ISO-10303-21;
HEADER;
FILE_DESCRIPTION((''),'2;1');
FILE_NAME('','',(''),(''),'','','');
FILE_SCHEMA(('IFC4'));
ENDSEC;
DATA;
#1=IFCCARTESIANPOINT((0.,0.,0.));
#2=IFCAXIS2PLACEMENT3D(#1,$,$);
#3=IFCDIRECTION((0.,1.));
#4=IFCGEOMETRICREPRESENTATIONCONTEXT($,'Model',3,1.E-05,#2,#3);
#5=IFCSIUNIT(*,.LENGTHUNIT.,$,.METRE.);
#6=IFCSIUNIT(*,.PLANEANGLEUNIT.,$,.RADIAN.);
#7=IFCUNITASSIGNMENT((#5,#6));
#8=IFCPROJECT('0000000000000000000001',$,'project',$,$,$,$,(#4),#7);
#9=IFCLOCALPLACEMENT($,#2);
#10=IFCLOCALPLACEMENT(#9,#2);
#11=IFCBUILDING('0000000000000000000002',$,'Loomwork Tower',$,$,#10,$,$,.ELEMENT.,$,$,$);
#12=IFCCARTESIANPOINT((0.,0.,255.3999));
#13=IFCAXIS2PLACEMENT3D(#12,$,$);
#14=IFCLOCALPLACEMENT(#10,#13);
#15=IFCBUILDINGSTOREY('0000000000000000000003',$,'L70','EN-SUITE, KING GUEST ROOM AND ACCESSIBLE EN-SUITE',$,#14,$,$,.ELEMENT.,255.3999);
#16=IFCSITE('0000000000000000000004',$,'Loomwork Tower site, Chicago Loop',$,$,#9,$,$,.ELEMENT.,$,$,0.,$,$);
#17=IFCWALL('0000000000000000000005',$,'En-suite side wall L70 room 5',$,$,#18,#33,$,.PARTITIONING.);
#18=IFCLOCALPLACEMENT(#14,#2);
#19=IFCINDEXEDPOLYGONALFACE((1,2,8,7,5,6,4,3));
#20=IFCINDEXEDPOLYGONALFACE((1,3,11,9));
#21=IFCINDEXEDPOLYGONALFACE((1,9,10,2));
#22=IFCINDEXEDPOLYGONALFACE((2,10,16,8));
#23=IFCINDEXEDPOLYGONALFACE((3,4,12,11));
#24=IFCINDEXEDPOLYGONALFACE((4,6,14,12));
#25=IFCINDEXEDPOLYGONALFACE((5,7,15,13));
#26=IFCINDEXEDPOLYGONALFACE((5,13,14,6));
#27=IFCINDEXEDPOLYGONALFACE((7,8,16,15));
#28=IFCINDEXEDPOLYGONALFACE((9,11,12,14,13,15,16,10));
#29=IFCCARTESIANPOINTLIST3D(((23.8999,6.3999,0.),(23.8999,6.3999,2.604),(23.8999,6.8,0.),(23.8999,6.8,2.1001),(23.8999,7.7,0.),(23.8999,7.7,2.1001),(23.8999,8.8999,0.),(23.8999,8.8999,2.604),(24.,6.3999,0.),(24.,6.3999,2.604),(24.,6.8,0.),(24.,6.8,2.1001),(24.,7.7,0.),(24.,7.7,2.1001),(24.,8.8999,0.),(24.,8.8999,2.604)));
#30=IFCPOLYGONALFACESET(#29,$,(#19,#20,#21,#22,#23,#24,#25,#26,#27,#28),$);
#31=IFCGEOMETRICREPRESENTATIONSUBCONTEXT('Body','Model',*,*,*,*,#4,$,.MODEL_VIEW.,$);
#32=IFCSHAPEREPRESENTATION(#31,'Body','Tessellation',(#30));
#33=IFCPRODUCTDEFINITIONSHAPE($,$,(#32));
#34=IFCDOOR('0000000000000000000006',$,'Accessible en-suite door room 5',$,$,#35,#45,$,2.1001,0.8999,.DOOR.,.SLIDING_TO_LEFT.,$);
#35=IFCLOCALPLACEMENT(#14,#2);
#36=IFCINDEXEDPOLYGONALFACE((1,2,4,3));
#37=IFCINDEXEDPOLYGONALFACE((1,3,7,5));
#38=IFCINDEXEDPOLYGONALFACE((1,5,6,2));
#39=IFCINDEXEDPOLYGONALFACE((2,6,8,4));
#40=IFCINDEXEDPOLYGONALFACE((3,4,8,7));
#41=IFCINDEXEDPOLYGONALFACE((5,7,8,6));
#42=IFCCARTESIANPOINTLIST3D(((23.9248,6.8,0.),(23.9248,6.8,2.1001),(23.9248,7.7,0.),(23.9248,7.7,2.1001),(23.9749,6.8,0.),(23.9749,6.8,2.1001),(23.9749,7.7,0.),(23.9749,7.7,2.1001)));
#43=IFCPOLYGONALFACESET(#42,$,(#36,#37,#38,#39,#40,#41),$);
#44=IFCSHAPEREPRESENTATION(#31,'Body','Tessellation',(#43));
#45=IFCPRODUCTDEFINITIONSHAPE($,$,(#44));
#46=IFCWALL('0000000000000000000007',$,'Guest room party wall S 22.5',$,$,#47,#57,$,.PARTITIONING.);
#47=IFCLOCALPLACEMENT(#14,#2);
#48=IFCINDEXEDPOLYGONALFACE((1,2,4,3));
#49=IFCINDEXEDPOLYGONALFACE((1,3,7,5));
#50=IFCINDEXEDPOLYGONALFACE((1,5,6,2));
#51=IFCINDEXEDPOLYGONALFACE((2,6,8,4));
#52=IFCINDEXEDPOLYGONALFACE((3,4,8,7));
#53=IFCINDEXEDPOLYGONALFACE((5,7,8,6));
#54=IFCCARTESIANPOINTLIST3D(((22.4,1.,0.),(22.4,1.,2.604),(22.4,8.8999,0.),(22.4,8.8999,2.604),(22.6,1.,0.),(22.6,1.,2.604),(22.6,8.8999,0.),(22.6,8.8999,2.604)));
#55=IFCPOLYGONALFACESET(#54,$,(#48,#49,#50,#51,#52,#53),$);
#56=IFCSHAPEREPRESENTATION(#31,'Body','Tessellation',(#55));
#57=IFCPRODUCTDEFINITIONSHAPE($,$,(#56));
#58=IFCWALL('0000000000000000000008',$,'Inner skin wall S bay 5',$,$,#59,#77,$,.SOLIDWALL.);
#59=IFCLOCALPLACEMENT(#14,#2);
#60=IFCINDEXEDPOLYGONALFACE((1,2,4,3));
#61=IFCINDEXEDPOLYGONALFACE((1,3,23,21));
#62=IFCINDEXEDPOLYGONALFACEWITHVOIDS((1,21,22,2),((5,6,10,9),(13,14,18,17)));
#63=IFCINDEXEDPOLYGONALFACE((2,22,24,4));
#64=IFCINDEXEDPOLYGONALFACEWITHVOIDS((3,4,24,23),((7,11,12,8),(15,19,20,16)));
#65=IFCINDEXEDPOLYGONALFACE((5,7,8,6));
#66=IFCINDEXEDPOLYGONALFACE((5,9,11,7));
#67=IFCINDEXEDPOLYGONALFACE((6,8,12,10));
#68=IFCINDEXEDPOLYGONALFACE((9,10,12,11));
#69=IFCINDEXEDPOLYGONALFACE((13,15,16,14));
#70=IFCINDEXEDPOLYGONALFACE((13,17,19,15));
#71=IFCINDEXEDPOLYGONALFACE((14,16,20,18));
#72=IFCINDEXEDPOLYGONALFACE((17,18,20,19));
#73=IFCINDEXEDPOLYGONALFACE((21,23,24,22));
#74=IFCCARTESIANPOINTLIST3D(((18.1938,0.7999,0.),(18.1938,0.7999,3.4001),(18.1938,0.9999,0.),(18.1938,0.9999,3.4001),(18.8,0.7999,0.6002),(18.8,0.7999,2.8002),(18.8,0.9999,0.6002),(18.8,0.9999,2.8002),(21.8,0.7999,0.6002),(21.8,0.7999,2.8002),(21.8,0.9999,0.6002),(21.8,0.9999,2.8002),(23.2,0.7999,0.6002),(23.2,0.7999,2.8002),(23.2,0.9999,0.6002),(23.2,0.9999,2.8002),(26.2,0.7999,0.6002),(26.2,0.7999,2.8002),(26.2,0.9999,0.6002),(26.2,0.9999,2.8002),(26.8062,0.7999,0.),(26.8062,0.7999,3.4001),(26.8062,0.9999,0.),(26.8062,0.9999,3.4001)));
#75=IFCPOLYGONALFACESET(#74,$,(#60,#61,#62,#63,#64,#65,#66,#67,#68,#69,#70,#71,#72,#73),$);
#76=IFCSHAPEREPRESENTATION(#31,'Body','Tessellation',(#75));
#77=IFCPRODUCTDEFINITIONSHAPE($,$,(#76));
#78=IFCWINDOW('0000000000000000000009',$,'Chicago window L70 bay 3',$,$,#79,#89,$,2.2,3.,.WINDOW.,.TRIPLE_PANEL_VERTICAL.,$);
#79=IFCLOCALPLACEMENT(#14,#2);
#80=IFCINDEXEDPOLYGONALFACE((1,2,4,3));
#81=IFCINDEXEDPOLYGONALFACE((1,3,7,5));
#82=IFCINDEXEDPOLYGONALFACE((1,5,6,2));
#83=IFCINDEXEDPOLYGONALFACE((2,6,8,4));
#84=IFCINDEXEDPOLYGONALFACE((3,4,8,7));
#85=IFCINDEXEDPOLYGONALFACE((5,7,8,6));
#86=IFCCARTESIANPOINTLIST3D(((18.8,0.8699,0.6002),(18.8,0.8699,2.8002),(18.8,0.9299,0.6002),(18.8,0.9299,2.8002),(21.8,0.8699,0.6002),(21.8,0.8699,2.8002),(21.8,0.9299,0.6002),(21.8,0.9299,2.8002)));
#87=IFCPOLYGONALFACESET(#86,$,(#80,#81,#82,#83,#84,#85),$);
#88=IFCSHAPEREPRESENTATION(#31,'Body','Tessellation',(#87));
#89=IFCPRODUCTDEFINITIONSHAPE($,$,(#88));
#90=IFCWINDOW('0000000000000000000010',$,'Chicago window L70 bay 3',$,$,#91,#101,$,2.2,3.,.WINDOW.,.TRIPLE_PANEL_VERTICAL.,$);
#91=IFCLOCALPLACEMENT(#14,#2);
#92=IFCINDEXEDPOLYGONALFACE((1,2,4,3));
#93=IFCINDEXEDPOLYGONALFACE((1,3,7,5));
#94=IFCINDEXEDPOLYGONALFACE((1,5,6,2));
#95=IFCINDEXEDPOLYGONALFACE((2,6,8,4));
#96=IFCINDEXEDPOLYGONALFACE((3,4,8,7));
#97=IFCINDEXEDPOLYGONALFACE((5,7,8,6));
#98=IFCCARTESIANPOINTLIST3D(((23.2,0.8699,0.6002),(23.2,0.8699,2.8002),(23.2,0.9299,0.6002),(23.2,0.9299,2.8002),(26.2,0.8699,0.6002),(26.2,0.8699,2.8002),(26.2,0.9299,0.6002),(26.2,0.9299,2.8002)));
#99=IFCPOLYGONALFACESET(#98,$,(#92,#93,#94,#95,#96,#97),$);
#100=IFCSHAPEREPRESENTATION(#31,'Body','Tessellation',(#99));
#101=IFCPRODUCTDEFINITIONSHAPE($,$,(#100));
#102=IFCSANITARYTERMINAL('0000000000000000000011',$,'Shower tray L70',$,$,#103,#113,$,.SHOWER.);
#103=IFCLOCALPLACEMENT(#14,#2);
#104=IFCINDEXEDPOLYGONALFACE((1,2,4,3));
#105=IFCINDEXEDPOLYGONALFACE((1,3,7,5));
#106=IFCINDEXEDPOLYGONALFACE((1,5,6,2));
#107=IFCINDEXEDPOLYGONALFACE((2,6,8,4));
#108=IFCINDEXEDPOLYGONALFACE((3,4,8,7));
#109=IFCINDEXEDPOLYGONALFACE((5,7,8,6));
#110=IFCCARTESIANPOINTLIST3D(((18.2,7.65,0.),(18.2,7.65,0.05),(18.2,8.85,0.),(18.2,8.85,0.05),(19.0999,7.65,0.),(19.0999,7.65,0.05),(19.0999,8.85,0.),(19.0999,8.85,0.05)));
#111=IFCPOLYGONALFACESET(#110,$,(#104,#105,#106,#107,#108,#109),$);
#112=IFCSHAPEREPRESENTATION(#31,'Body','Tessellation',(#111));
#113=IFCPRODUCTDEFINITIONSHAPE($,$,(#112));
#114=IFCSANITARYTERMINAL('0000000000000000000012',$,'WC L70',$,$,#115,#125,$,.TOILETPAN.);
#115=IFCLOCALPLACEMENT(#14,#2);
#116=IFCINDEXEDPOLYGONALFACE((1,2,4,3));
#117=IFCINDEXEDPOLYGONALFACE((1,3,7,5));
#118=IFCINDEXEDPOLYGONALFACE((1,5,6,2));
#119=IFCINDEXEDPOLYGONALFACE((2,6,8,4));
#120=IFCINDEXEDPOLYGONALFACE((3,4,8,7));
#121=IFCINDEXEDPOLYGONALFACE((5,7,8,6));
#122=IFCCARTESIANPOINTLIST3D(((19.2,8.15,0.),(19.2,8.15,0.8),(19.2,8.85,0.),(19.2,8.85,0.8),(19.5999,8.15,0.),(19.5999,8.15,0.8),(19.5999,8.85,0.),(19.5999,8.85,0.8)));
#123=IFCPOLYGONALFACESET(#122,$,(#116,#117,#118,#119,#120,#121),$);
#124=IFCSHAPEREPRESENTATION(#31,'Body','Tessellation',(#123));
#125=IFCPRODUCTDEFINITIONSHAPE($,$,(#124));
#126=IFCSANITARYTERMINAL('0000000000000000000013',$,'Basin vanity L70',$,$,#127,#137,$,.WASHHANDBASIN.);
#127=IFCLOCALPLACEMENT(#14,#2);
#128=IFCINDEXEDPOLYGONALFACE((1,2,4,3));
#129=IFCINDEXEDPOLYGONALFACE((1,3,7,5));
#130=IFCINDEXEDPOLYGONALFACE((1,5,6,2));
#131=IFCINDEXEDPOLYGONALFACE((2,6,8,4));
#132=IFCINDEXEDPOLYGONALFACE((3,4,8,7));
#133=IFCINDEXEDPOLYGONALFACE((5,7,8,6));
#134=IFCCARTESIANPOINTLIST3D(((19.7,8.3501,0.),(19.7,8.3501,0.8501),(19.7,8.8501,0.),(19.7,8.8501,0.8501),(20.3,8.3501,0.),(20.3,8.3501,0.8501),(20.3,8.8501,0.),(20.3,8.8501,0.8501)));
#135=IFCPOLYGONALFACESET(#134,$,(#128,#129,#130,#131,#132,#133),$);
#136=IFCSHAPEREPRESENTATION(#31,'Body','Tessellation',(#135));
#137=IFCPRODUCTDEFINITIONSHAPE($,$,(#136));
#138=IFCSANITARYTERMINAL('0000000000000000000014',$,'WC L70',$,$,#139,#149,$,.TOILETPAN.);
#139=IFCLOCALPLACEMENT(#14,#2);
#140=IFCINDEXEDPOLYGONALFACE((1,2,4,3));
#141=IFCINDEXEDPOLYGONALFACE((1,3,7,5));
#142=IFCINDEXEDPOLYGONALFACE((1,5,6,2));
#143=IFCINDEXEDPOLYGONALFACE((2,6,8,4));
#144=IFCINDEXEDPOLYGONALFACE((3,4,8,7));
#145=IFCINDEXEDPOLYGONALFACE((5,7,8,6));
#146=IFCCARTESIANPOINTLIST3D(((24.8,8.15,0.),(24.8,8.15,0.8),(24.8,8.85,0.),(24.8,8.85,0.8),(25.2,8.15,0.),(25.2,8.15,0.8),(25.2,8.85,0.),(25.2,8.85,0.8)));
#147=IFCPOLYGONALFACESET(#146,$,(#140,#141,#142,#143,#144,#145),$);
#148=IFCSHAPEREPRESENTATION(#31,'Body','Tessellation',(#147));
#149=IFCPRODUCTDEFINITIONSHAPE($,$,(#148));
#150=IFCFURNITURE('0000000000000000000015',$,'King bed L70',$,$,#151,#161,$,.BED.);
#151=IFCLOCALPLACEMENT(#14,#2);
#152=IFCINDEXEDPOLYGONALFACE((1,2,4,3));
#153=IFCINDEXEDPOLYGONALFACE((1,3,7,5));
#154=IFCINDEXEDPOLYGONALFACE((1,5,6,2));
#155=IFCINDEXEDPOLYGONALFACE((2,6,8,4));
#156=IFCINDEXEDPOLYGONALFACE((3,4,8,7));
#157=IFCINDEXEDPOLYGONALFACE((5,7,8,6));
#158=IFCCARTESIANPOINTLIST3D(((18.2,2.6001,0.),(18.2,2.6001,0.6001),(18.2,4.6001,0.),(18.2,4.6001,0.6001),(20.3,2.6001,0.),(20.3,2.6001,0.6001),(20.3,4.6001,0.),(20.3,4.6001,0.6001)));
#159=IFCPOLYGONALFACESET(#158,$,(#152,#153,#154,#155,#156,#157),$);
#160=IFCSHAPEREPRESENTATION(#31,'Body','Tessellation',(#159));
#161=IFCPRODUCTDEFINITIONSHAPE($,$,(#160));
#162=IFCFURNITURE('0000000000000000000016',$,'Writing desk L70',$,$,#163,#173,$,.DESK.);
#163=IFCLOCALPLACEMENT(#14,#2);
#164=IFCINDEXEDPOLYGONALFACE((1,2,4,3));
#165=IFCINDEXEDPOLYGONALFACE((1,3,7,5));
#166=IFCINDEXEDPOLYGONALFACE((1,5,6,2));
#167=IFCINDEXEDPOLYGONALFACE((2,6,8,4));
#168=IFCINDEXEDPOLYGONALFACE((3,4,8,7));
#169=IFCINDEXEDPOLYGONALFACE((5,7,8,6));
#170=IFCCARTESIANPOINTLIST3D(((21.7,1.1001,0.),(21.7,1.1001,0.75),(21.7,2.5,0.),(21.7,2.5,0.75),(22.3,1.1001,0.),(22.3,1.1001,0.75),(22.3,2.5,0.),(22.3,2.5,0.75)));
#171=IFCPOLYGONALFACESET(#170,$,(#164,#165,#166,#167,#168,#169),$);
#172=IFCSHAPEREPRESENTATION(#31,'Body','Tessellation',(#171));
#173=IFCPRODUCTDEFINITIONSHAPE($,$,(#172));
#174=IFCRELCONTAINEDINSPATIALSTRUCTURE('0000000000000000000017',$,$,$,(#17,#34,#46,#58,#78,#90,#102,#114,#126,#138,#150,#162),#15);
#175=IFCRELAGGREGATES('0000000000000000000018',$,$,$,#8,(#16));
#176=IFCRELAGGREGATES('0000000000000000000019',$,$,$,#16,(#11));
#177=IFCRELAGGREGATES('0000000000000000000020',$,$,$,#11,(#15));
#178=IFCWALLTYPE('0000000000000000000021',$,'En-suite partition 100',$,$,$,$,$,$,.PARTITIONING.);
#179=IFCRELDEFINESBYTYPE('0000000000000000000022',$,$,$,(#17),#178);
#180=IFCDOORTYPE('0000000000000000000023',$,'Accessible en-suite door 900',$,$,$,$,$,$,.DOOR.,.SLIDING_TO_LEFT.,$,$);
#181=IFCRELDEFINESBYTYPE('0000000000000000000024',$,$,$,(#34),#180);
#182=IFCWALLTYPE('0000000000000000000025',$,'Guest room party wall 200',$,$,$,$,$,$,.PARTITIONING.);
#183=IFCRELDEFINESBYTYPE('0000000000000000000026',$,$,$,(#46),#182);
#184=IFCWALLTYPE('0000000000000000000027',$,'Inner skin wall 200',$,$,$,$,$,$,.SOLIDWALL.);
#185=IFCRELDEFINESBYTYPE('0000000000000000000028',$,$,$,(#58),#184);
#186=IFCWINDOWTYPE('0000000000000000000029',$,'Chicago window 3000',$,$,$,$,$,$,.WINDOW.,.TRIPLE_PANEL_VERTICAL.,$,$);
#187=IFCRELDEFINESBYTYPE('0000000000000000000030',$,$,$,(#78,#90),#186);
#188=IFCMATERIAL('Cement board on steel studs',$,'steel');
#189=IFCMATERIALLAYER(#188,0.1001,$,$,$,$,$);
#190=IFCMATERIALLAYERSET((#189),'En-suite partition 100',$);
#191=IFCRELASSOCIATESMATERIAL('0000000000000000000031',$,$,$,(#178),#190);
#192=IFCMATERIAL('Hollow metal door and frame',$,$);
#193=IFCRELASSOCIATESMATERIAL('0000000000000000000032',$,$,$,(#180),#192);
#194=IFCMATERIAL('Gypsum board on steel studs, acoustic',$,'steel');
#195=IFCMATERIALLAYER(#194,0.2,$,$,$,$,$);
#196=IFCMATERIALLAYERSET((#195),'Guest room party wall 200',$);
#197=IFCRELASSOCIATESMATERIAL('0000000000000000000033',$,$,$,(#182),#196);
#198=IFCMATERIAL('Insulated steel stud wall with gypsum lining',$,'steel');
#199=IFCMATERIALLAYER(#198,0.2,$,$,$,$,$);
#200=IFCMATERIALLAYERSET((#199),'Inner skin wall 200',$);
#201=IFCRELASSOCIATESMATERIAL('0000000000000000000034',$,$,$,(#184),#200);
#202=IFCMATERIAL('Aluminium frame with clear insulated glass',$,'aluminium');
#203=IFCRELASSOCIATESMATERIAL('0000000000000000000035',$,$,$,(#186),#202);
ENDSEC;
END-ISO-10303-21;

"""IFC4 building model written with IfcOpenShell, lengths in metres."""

from ifc_helpers import new_model, si_unit, direction, frame, frame_2d, origin, origin_2d, place, context, subcontext, project, spatial, rectangle, extrude, material, layer, layer_set, type_object, element, fill, save


model = new_model("IFC4")

# Units and contexts
model_context = context("Model", 3, precision=1e-05, world=origin(), true_north=direction((0.0, 1.0)))
body_context = subcontext(model_context, "Body", "Model", "MODEL_VIEW")
ifc_project = project(units=[si_unit("LENGTHUNIT", "METRE"), si_unit("PLANEANGLEUNIT", "RADIAN")], contexts=[model_context])

# Site, building, storey
site_placement = place(None, origin())
site = spatial("IfcSite", under=ifc_project, at=site_placement, Name="Loomwork Tower site, Chicago Loop", CompositionType="ELEMENT", RefElevation=0.0)
building_placement = place(site_placement, origin())
building = spatial("IfcBuilding", under=site, at=building_placement, Name="Loomwork Tower", CompositionType="ELEMENT")
storey_placement = place(building_placement, frame((0.0, 0.0, 255.3999)))
storey = spatial("IfcBuildingStorey", under=building, at=storey_placement, Name="L70", Description="EN-SUITE, KING GUEST ROOM AND ACCESSIBLE EN-SUITE", CompositionType="ELEMENT", Elevation=255.3999)

# Shared definitions
ifc_material_1 = material(Name="Cement board on steel studs", Category="steel")
ifc_layer_1 = layer(ifc_material_1, 0.1001)
ifc_layer_set_1 = layer_set([ifc_layer_1], Name="En-suite partition 100")
wall_type_1 = type_object("IfcWallType", Name="En-suite partition 100", PredefinedType="PARTITIONING", material=ifc_layer_set_1)

# Wall, opening, door
wall_1_placement = place(storey_placement, frame((23.95, 8.8999, 0.0), z_axis=(0.0, 0.0, 1.0), x_axis=(0.0, -1.0, 0.0)))
wall_1 = element("IfcWall", 1, at=wall_1_placement, inside=storey, type_object=wall_type_1, Name="En-suite side wall L70 room 5", PredefinedType="PARTITIONING", context=body_context, shape_type="SweptSolid", body=[
    extrude(rectangle(XDim=2.5, YDim=0.1001, at=frame_2d((1.25, 0.0))), origin(), (0.0, 0.0, 1.0), 2.604),
])
opening_1_placement = place(wall_1_placement, frame((1.2, 0.0, 0.0)))
opening_1 = element("IfcOpeningElement", 2, at=opening_1_placement, cuts=wall_1, PredefinedType="OPENING", context=body_context, shape_type="SweptSolid", body=[
    extrude(rectangle(XDim=0.8999, YDim=2.1001, at=frame_2d((0.45, 1.05))), frame((0.0, 0.0601, 0.0), z_axis=(0.0, -1.0, 0.0), x_axis=(1.0, 0.0, 0.0)), (0.0, 0.0, 1.0), 0.1201),
])
ifc_material_2 = material(Name="Hollow metal door and frame")
door_type_1 = type_object("IfcDoorType", Name="Accessible en-suite door 900", OperationType="SLIDING_TO_LEFT", PredefinedType="DOOR", material=ifc_material_2)
door_1_placement = place(opening_1_placement, origin())
door_1 = element("IfcDoor", 3, at=door_1_placement, inside=storey, type_object=door_type_1, Name="Accessible en-suite door room 5", OperationType="SLIDING_TO_LEFT", OverallHeight=2.1001, OverallWidth=0.8999, PredefinedType="DOOR", context=body_context, shape_type="SweptSolid", body=[
    extrude(rectangle(XDim=0.8999, YDim=2.1001, at=frame_2d((0.45, 1.05))), frame((0.0, 0.0249, 0.0), z_axis=(0.0, -1.0, 0.0), x_axis=(1.0, 0.0, 0.0)), (0.0, 0.0, 1.0), 0.05),
])
fill(opening_1, door_1)

# Wall
ifc_material_3 = material(Name="Gypsum board on steel studs, acoustic", Category="steel")
ifc_layer_2 = layer(ifc_material_3, 0.2)
ifc_layer_set_2 = layer_set([ifc_layer_2], Name="Guest room party wall 200")
wall_type_2 = type_object("IfcWallType", Name="Guest room party wall 200", PredefinedType="PARTITIONING", material=ifc_layer_set_2)
wall_2_placement = place(storey_placement, frame((22.5, 8.8999, 0.0), z_axis=(0.0, 0.0, 1.0), x_axis=(0.0, -1.0, 0.0)))
element("IfcWall", 4, at=wall_2_placement, inside=storey, type_object=wall_type_2, Name="Guest room party wall S 22.5", PredefinedType="PARTITIONING", context=body_context, shape_type="SweptSolid", body=[
    extrude(rectangle(XDim=7.8999, YDim=0.2, at=frame_2d((3.95, 0.0))), origin(), (0.0, 0.0, 1.0), 2.604),
])

# Wall, openings, windows
ifc_material_4 = material(Name="Insulated steel stud wall with gypsum lining", Category="steel")
ifc_layer_3 = layer(ifc_material_4, 0.2)
ifc_layer_set_3 = layer_set([ifc_layer_3], Name="Inner skin wall 200")
wall_type_3 = type_object("IfcWallType", Name="Inner skin wall 200", PredefinedType="SOLIDWALL", material=ifc_layer_set_3)
wall_3_placement = place(storey_placement, frame((18.1938, 0.8999, 0.0), z_axis=(0.0, 0.0, 1.0), x_axis=(1.0, 0.0, 0.0)))
wall_3 = element("IfcWall", 5, at=wall_3_placement, inside=storey, type_object=wall_type_3, Name="Inner skin wall S bay 5", PredefinedType="SOLIDWALL", context=body_context, shape_type="SweptSolid", body=[
    extrude(rectangle(XDim=8.6123, YDim=0.2, at=frame_2d((4.3062, 0.0))), origin(), (0.0, 0.0, 1.0), 3.4001),
])
opening_2_placement = place(wall_3_placement, frame((0.6062, 0.0, 0.6001)))
opening_2 = element("IfcOpeningElement", 6, at=opening_2_placement, cuts=wall_3, PredefinedType="OPENING", context=body_context, shape_type="SweptSolid", body=[
    extrude(rectangle(XDim=3.0, YDim=2.2, at=frame_2d((1.5, 1.1001))), frame((0.0, 0.1099, 0.0), z_axis=(0.0, -1.0, 0.0), x_axis=(1.0, 0.0, 0.0)), (0.0, 0.0, 1.0), 0.22),
])
opening_3_placement = place(wall_3_placement, frame((5.0061, 0.0, 0.6001)))
opening_3 = element("IfcOpeningElement", 7, at=opening_3_placement, cuts=wall_3, PredefinedType="OPENING", context=body_context, shape_type="SweptSolid", body=[
    extrude(rectangle(XDim=3.0, YDim=2.2, at=frame_2d((1.5, 1.1001))), frame((0.0, 0.1099, 0.0), z_axis=(0.0, -1.0, 0.0), x_axis=(1.0, 0.0, 0.0)), (0.0, 0.0, 1.0), 0.22),
])
ifc_material_5 = material(Name="Aluminium frame with clear insulated glass", Category="aluminium")
window_type = type_object("IfcWindowType", Name="Chicago window 3000", PartitioningType="TRIPLE_PANEL_VERTICAL", PredefinedType="WINDOW", material=ifc_material_5)
window_1_placement = place(opening_2_placement, origin())
window_1 = element("IfcWindow", 8, at=window_1_placement, inside=storey, type_object=window_type, Name="Chicago window L70 bay 3", OverallHeight=2.2, OverallWidth=3.0, PartitioningType="TRIPLE_PANEL_VERTICAL", PredefinedType="WINDOW", context=body_context, shape_type="SweptSolid", body=[
    extrude(rectangle(XDim=3.0, YDim=2.2, at=frame_2d((1.5, 1.1001))), frame((0.0, 0.03, 0.0), z_axis=(0.0, -1.0, 0.0), x_axis=(1.0, 0.0, 0.0)), (0.0, 0.0, 1.0), 0.0601),
])
fill(opening_2, window_1)
window_2_placement = place(opening_3_placement, origin())
window_2 = element("IfcWindow", 9, at=window_2_placement, inside=storey, type_object=window_type, Name="Chicago window L70 bay 3", OverallHeight=2.2, OverallWidth=3.0, PartitioningType="TRIPLE_PANEL_VERTICAL", PredefinedType="WINDOW", context=body_context, shape_type="SweptSolid", body=[
    extrude(rectangle(XDim=3.0, YDim=2.2, at=frame_2d((1.5, 1.1001))), frame((0.0, 0.03, 0.0), z_axis=(0.0, -1.0, 0.0), x_axis=(1.0, 0.0, 0.0)), (0.0, 0.0, 1.0), 0.0601),
])
fill(opening_3, window_2)

# Sanitary terminals
sanitary_terminal_1_placement = place(storey_placement, frame((18.6499, 8.25, 0.0), z_axis=(0.0, 0.0, 1.0), x_axis=(1.0, 0.0, 0.0)))
element("IfcSanitaryTerminal", 10, at=sanitary_terminal_1_placement, inside=storey, Name="Shower tray L70", PredefinedType="SHOWER", context=body_context, shape_type="SweptSolid", body=[
    extrude(rectangle(XDim=0.8999, YDim=1.2, at=origin_2d()), origin(), (0.0, 0.0, 1.0), 0.05),
])
sanitary_terminal_2_placement = place(storey_placement, frame((19.3999, 8.5, 0.0), z_axis=(0.0, 0.0, 1.0), x_axis=(1.0, 0.0, 0.0)))
element("IfcSanitaryTerminal", 11, at=sanitary_terminal_2_placement, inside=storey, Name="WC L70", PredefinedType="TOILETPAN", context=body_context, shape_type="SweptSolid", body=[
    extrude(rectangle(XDim=0.3999, YDim=0.7, at=origin_2d()), origin(), (0.0, 0.0, 1.0), 0.8),
])
sanitary_terminal_3_placement = place(storey_placement, frame((20.0, 8.6001, 0.0), z_axis=(0.0, 0.0, 1.0), x_axis=(1.0, 0.0, 0.0)))
element("IfcSanitaryTerminal", 12, at=sanitary_terminal_3_placement, inside=storey, Name="Basin vanity L70", PredefinedType="WASHHANDBASIN", context=body_context, shape_type="SweptSolid", body=[
    extrude(rectangle(XDim=0.6001, YDim=0.5, at=origin_2d()), origin(), (0.0, 0.0, 1.0), 0.8501),
])
sanitary_terminal_4_placement = place(storey_placement, frame((25.0, 8.5, 0.0), z_axis=(0.0, 0.0, 1.0), x_axis=(1.0, 0.0, 0.0)))
element("IfcSanitaryTerminal", 13, at=sanitary_terminal_4_placement, inside=storey, Name="WC L70", PredefinedType="TOILETPAN", context=body_context, shape_type="SweptSolid", body=[
    extrude(rectangle(XDim=0.3999, YDim=0.7, at=origin_2d()), origin(), (0.0, 0.0, 1.0), 0.8),
])

# Furniture
furniture_1_placement = place(storey_placement, frame((19.25, 3.6001, 0.0), z_axis=(0.0, 0.0, 1.0), x_axis=(1.0, 0.0, 0.0)))
element("IfcFurniture", 14, at=furniture_1_placement, inside=storey, Name="King bed L70", PredefinedType="BED", context=body_context, shape_type="SweptSolid", body=[
    extrude(rectangle(XDim=2.1001, YDim=2.0, at=origin_2d()), origin(), (0.0, 0.0, 1.0), 0.6001),
])
furniture_2_placement = place(storey_placement, frame((22.0, 1.8, 0.0), z_axis=(0.0, 0.0, 1.0), x_axis=(1.0, 0.0, 0.0)))
element("IfcFurniture", 15, at=furniture_2_placement, inside=storey, Name="Writing desk L70", PredefinedType="DESK", context=body_context, shape_type="SweptSolid", body=[
    extrude(rectangle(XDim=0.6001, YDim=1.3999, at=origin_2d()), origin(), (0.0, 0.0, 1.0), 0.75),
])

save(model, "model.ifc")
